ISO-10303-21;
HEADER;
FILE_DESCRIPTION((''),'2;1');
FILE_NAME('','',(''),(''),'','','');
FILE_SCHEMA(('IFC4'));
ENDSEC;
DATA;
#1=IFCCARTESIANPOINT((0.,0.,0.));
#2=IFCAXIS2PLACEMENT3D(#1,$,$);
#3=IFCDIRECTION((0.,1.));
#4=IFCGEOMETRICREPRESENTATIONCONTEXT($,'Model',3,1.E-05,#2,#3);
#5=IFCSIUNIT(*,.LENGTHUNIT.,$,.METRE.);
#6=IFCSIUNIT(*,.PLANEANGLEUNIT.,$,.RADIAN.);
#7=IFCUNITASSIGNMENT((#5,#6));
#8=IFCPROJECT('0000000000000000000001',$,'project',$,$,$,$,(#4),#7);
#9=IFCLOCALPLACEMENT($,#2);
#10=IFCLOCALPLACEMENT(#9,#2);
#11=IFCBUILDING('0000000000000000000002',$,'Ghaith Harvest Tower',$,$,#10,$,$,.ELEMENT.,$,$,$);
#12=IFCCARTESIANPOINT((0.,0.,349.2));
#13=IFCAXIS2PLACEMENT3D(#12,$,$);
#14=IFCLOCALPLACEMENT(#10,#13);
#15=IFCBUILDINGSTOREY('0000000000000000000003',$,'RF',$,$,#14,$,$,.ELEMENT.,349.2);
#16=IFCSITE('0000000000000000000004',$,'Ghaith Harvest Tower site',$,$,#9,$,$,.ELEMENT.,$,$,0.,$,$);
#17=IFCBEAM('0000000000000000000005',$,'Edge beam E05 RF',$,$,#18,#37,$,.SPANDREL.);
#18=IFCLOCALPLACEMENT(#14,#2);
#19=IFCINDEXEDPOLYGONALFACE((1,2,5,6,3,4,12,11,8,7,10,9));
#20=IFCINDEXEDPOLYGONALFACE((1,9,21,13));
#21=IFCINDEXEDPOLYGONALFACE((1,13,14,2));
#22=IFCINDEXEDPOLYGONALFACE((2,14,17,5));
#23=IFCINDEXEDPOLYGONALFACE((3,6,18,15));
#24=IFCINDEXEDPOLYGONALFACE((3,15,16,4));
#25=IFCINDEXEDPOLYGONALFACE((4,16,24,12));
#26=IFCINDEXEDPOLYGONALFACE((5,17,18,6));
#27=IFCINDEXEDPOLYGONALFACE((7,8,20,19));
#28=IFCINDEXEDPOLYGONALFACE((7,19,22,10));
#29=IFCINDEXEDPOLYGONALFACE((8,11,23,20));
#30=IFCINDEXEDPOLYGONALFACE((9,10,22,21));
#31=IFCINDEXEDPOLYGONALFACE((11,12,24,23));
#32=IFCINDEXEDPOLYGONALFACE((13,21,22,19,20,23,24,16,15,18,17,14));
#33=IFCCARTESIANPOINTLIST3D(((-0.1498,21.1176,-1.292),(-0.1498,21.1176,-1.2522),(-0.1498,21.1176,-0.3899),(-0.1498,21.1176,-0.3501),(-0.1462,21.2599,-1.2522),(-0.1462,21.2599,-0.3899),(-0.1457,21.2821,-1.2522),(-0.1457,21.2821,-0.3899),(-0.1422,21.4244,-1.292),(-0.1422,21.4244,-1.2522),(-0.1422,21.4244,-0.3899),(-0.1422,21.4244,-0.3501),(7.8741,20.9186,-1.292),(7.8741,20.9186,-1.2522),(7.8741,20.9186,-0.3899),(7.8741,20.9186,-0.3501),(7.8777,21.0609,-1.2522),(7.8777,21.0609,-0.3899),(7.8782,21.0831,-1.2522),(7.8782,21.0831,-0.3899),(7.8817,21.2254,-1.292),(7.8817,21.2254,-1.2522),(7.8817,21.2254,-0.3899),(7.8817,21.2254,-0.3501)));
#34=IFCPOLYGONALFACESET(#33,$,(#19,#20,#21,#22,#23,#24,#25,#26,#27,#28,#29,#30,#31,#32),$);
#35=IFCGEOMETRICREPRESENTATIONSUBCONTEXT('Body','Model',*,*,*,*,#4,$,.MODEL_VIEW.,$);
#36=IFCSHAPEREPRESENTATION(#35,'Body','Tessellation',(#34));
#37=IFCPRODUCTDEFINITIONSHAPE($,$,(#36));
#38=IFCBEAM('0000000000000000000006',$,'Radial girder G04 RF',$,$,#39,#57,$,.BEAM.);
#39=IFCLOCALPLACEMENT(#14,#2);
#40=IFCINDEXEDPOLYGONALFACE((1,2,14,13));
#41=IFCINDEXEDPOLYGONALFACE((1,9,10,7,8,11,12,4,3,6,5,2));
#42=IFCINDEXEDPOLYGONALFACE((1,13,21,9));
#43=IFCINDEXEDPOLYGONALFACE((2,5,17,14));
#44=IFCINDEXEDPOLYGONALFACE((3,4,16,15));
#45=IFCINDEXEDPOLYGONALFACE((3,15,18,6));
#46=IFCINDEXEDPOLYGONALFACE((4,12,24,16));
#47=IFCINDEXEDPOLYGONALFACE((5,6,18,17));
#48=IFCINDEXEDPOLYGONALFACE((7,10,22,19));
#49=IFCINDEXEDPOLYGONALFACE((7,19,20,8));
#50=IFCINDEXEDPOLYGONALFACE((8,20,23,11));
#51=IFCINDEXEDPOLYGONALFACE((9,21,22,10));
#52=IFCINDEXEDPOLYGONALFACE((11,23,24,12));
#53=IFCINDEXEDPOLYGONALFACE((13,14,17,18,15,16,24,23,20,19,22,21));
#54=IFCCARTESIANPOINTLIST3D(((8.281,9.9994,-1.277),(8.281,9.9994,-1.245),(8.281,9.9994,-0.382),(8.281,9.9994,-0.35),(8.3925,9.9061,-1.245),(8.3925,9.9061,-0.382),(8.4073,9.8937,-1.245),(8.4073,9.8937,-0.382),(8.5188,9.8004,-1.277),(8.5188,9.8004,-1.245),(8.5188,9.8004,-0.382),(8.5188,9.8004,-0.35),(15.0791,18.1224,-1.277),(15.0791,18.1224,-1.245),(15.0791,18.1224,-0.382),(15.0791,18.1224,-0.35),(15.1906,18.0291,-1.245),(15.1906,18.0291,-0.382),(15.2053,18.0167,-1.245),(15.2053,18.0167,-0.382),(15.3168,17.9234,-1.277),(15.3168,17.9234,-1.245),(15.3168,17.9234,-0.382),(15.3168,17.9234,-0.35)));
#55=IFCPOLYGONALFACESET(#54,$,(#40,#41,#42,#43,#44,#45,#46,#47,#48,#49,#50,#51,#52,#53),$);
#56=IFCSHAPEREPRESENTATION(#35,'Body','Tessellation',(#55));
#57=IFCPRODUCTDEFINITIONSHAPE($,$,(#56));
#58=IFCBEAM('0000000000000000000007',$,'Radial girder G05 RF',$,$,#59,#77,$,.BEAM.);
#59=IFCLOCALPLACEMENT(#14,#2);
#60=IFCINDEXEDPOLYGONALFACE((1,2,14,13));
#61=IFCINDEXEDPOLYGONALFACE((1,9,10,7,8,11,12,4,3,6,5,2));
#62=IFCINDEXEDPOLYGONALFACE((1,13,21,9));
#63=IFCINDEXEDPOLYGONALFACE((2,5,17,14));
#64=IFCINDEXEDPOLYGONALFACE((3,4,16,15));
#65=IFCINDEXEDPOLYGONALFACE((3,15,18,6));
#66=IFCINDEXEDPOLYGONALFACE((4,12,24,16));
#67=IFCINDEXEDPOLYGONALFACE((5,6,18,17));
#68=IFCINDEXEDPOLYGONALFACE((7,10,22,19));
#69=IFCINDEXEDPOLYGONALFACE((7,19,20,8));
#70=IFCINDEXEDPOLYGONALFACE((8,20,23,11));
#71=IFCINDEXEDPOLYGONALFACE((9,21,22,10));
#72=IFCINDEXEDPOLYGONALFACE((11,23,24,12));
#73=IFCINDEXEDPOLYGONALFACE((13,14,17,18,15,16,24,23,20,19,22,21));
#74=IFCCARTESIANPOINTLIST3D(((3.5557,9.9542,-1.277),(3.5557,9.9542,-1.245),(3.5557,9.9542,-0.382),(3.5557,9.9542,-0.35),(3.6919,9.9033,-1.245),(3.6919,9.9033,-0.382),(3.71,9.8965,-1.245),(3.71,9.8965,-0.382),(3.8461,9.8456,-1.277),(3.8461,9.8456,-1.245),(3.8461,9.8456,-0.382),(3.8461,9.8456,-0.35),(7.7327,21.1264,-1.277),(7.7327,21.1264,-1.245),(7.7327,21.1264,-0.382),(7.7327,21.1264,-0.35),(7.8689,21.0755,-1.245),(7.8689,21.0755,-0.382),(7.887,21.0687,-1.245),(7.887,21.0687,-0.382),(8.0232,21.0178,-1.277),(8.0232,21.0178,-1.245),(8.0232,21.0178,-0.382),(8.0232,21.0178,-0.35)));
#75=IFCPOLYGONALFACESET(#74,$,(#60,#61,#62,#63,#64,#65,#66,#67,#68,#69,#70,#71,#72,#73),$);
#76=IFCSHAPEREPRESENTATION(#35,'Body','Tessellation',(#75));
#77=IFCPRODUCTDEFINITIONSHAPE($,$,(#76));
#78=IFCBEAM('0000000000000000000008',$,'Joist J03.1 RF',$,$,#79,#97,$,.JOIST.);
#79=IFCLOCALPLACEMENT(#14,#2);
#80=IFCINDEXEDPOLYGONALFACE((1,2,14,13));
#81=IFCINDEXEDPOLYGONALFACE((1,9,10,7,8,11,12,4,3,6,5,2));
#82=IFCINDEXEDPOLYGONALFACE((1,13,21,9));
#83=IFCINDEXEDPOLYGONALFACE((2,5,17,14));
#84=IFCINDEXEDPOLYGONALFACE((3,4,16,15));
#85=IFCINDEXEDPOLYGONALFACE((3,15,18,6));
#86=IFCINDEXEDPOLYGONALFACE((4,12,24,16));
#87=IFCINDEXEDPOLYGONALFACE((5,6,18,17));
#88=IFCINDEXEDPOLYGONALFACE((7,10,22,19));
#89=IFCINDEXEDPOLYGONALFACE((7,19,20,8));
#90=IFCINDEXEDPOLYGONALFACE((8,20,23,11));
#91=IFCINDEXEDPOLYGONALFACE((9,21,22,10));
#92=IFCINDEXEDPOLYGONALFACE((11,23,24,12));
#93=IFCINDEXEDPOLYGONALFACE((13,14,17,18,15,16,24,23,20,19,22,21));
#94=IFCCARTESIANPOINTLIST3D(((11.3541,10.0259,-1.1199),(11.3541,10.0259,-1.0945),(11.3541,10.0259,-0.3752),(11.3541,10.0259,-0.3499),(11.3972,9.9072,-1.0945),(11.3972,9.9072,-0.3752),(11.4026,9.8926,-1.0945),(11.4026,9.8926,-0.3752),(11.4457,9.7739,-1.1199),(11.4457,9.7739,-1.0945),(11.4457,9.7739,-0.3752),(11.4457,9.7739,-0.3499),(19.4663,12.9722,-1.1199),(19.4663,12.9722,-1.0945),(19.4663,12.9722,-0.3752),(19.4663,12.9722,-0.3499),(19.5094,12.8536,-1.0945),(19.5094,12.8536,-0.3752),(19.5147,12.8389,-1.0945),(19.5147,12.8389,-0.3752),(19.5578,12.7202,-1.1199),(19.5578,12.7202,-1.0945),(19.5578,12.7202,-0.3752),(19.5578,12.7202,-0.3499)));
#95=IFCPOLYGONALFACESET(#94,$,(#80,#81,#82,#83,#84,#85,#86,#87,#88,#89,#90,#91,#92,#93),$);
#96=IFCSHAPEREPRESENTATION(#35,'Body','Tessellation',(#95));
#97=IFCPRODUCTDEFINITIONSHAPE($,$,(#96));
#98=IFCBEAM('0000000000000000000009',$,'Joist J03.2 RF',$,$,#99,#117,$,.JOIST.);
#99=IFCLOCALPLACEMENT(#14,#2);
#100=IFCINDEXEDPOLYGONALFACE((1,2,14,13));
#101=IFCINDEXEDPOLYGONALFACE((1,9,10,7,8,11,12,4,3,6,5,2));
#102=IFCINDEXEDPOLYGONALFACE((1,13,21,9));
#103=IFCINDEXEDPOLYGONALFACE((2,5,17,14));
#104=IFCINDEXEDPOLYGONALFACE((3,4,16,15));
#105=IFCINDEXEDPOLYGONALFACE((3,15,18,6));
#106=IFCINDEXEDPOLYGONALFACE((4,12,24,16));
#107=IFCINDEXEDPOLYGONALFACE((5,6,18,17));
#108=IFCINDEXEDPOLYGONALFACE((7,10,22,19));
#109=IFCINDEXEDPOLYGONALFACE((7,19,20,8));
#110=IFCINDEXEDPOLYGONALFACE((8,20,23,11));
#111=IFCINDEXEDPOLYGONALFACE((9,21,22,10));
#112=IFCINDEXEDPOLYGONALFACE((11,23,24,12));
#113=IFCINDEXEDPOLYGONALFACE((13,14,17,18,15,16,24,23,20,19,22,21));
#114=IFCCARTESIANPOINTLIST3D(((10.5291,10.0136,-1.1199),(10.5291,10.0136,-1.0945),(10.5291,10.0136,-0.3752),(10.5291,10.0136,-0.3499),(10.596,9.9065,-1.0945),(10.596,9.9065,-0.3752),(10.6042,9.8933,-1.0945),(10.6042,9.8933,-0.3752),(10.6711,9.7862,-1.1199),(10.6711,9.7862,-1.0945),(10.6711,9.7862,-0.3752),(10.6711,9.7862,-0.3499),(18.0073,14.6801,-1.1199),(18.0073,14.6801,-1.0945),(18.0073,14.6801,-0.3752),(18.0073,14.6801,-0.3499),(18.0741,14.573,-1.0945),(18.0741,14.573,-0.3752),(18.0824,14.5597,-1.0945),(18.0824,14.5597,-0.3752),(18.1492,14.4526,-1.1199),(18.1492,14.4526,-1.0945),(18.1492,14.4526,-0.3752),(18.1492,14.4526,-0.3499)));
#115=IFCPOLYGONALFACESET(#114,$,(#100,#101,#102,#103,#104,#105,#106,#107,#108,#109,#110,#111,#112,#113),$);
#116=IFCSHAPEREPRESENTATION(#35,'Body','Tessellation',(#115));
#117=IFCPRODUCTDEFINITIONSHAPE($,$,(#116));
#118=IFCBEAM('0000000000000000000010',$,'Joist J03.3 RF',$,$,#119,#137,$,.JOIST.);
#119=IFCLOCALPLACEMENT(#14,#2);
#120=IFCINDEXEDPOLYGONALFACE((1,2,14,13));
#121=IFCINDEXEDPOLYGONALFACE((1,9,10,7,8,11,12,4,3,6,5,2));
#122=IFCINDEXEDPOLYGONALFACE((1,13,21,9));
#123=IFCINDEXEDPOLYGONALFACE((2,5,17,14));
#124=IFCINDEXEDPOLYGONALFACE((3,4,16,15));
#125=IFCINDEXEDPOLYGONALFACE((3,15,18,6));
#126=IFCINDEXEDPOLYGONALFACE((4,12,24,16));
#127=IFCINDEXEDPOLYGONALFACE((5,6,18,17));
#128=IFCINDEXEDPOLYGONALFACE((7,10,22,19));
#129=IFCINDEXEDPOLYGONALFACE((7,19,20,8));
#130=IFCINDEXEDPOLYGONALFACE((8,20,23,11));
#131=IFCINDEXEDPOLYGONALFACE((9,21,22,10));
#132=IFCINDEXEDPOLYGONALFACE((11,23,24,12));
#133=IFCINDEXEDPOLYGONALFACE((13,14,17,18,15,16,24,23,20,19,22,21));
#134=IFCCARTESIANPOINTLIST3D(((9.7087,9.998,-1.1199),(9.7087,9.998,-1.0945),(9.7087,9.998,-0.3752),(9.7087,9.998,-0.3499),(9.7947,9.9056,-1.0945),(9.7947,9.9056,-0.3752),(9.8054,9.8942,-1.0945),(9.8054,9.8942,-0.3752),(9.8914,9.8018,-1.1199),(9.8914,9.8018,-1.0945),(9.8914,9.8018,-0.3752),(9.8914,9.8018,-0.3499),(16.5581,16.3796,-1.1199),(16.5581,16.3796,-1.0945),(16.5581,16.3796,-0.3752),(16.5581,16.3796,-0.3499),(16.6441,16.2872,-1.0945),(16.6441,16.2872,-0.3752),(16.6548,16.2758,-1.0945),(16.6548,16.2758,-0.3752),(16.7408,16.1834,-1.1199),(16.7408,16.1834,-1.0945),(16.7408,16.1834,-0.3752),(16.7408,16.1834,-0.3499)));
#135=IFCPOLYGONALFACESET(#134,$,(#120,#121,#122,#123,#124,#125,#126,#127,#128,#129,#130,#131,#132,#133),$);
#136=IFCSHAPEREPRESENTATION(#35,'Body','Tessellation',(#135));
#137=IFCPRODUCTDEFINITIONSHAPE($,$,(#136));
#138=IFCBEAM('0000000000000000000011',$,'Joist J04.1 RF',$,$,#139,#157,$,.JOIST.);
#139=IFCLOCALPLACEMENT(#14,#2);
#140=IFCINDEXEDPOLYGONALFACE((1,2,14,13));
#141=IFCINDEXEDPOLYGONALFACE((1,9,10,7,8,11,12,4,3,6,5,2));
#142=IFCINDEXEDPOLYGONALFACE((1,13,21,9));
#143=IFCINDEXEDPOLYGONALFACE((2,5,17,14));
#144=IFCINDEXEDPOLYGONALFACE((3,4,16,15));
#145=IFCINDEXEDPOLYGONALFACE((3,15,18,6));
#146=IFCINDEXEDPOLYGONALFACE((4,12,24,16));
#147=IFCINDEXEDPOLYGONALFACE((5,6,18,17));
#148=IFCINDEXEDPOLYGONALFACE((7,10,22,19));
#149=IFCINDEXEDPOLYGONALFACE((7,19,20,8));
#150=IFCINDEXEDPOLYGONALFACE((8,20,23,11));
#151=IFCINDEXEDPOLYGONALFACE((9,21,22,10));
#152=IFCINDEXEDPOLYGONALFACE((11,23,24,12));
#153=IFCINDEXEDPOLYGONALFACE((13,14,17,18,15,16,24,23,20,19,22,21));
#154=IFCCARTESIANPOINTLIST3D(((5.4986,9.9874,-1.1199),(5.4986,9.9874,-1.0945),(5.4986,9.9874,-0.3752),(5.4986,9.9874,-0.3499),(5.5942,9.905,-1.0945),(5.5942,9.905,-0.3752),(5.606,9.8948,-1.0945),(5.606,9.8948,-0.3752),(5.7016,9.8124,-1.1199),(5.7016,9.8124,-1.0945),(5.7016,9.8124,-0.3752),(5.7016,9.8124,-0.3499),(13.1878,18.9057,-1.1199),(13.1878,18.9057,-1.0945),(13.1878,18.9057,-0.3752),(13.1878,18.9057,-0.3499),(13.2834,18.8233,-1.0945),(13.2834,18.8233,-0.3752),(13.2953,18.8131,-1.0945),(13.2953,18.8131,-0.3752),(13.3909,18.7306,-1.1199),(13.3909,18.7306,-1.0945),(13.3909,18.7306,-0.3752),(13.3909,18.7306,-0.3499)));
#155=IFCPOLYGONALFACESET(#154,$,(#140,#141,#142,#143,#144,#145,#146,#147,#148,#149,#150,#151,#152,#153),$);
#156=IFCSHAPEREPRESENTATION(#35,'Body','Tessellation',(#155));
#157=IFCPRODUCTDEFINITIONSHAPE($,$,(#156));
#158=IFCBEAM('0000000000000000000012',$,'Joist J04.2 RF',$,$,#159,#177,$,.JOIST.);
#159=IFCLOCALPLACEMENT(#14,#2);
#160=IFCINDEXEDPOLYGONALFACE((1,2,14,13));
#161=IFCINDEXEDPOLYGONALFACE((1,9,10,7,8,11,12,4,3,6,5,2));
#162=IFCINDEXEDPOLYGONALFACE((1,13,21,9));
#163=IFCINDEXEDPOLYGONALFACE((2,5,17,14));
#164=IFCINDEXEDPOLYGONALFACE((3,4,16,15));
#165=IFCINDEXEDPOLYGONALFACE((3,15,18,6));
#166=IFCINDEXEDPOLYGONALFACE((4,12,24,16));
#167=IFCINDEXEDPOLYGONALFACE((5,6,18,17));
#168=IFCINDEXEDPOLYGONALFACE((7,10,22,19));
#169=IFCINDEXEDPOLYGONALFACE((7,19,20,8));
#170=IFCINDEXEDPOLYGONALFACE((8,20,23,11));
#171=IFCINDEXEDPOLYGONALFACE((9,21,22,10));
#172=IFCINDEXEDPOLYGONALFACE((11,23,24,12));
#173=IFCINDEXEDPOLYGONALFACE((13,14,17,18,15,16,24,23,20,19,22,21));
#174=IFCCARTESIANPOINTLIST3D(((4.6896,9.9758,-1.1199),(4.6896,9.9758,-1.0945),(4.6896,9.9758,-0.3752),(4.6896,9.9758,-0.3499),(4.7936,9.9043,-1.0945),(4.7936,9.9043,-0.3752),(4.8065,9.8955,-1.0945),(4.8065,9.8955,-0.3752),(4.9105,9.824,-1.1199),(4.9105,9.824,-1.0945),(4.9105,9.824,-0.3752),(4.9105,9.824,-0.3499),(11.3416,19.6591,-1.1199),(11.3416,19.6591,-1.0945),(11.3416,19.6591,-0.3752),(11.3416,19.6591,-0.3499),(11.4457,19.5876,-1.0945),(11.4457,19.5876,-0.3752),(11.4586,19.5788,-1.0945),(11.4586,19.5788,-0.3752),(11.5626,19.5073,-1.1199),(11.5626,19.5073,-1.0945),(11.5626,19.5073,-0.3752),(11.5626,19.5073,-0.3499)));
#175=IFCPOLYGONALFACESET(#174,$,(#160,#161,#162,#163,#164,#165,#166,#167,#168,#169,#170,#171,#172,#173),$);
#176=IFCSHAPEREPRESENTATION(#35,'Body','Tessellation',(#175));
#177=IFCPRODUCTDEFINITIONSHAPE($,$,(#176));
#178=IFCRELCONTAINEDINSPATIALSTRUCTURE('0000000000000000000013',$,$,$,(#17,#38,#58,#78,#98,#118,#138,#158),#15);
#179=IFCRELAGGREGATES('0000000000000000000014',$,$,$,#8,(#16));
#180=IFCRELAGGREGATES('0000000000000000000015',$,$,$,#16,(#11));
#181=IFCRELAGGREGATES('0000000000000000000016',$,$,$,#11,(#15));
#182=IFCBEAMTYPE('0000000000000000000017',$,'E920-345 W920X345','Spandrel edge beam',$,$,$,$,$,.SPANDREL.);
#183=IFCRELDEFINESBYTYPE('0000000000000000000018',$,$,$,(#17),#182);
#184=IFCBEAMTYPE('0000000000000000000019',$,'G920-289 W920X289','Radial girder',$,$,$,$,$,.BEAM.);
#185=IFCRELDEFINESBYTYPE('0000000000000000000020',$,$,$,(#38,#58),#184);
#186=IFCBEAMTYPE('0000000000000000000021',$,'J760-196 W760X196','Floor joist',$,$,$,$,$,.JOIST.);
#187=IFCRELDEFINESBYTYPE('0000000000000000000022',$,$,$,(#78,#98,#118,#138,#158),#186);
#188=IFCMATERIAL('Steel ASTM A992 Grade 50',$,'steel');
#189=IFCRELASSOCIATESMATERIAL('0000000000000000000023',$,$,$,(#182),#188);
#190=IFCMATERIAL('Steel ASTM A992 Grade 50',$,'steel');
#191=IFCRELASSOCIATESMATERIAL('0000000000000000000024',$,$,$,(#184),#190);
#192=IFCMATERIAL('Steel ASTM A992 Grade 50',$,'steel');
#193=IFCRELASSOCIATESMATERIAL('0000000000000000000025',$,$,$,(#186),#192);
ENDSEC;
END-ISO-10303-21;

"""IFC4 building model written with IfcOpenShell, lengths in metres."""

from ifc_helpers import new_model, si_unit, direction, frame, origin, origin_2d, place, context, subcontext, project, spatial, i_section, extrude, material, material_profile, profile_set, type_object, element, save


model = new_model("IFC4")

# Units and contexts
model_context = context("Model", 3, precision=1e-05, world=origin(), true_north=direction((0.0, 1.0)))
body_context = subcontext(model_context, "Body", "Model", "MODEL_VIEW")
ifc_project = project(units=[si_unit("LENGTHUNIT", "METRE"), si_unit("PLANEANGLEUNIT", "RADIAN")], contexts=[model_context])

# Site, building, storey
site_placement = place(None, origin())
site = spatial("IfcSite", under=ifc_project, at=site_placement, Name="Ghaith Harvest Tower site", CompositionType="ELEMENT", RefElevation=0.0)
building_placement = place(site_placement, origin())
building = spatial("IfcBuilding", under=site, at=building_placement, Name="Ghaith Harvest Tower", CompositionType="ELEMENT")
storey_placement = place(building_placement, frame((0.0, 0.0, 349.2)))
storey = spatial("IfcBuildingStorey", under=building, at=storey_placement, Name="RF", CompositionType="ELEMENT", Elevation=349.2)

# Beams
ifc_material_1 = material(Name="Steel ASTM A992 Grade 50", Category="steel")
ifc_material_profile_1 = material_profile(ifc_material_1, i_section(OverallWidth=0.3069, OverallDepth=0.9419, WebThickness=0.0222, FlangeThickness=0.0398, at=origin_2d()), Name="W920X345")
ifc_profile_set_1 = profile_set([ifc_material_profile_1], Name="Steel ASTM A992 Grade 50")
beam_type_1 = type_object("IfcBeamType", Name="E920-345 W920X345", Description="Spandrel edge beam", PredefinedType="SPANDREL", material=ifc_profile_set_1)
beam_1_placement = place(storey_placement, frame((7.8779, 21.072, -0.821), z_axis=(-0.999693, 0.02479, 0.0), x_axis=(-0.02479, -0.999693, 0.0)))
element("IfcBeam", 1, at=beam_1_placement, inside=storey, type_object=beam_type_1, Name="Edge beam E05 RF", PredefinedType="SPANDREL", context=body_context, shape_type="SweptSolid", body=[
    extrude(i_section(OverallWidth=0.3069, OverallDepth=0.9419, WebThickness=0.0222, FlangeThickness=0.0398, at=origin_2d()), origin(), (0.0, 0.0, 1.0), 8.0264),
])
ifc_material_2 = material(Name="Steel ASTM A992 Grade 50", Category="steel")
ifc_material_profile_2 = material_profile(ifc_material_2, i_section(OverallWidth=0.3101, OverallDepth=0.927, WebThickness=0.0193, FlangeThickness=0.032, at=origin_2d()), Name="W920X289")
ifc_profile_set_2 = profile_set([ifc_material_profile_2], Name="Steel ASTM A992 Grade 50")
beam_type_2 = type_object("IfcBeamType", Name="G920-289 W920X289", Description="Radial girder", PredefinedType="BEAM", material=ifc_profile_set_2)
beam_2_placement = place(storey_placement, frame((8.3999, 9.8999, -0.8135), z_axis=(0.641793, 0.766878, 0.0), x_axis=(-0.766878, 0.641793, 0.0)))
element("IfcBeam", 2, at=beam_2_placement, inside=storey, type_object=beam_type_2, Name="Radial girder G04 RF", PredefinedType="BEAM", context=body_context, shape_type="SweptSolid", body=[
    extrude(i_section(OverallWidth=0.3101, OverallDepth=0.927, WebThickness=0.0193, FlangeThickness=0.032, at=origin_2d()), origin(), (0.0, 0.0, 1.0), 10.5923),
])
beam_3_placement = place(storey_placement, frame((3.7009, 9.8999, -0.8135), z_axis=(0.350201, 0.936674, 0.0), x_axis=(-0.936674, 0.350201, 0.0)))
element("IfcBeam", 3, at=beam_3_placement, inside=storey, type_object=beam_type_2, Name="Radial girder G05 RF", PredefinedType="BEAM", context=body_context, shape_type="SweptSolid", body=[
    extrude(i_section(OverallWidth=0.3101, OverallDepth=0.927, WebThickness=0.0193, FlangeThickness=0.032, at=origin_2d()), origin(), (0.0, 0.0, 1.0), 11.9275),
])
ifc_material_3 = material(Name="Steel ASTM A992 Grade 50", Category="steel")
ifc_material_profile_3 = material_profile(ifc_material_3, i_section(OverallWidth=0.2681, OverallDepth=0.77, WebThickness=0.0156, FlangeThickness=0.0254, at=origin_2d()), Name="W760X196")
ifc_profile_set_3 = profile_set([ifc_material_profile_3], Name="Steel ASTM A992 Grade 50")
beam_type_3 = type_object("IfcBeamType", Name="J760-196 W760X196", Description="Floor joist", PredefinedType="JOIST", material=ifc_profile_set_3)
beam_4_placement = place(storey_placement, frame((11.3999, 9.8999, -0.7349), z_axis=(0.939926, 0.34138, 0.0), x_axis=(-0.34138, 0.939926, 0.0)))
element("IfcBeam", 4, at=beam_4_placement, inside=storey, type_object=beam_type_3, Name="Joist J03.1 RF", PredefinedType="JOIST", context=body_context, shape_type="SweptSolid", body=[
    extrude(i_section(OverallWidth=0.2681, OverallDepth=0.77, WebThickness=0.0156, FlangeThickness=0.0254, at=origin_2d()), origin(), (0.0, 0.0, 1.0), 8.6306),
])
beam_5_placement = place(storey_placement, frame((10.6001, 9.8999, -0.7349), z_axis=(0.848376, 0.529394, 0.0), x_axis=(-0.529394, 0.848376, 0.0)))
element("IfcBeam", 5, at=beam_5_placement, inside=storey, type_object=beam_type_3, Name="Joist J03.2 RF", PredefinedType="JOIST", context=body_context, shape_type="SweptSolid", body=[
    extrude(i_section(OverallWidth=0.2681, OverallDepth=0.77, WebThickness=0.0156, FlangeThickness=0.0254, at=origin_2d()), origin(), (0.0, 0.0, 1.0), 8.8147),
])
beam_6_placement = place(storey_placement, frame((9.8, 9.8999, -0.7349), z_axis=(0.731649, 0.681682, 0.0), x_axis=(-0.681682, 0.731649, 0.0)))
element("IfcBeam", 6, at=beam_6_placement, inside=storey, type_object=beam_type_3, Name="Joist J03.3 RF", PredefinedType="JOIST", context=body_context, shape_type="SweptSolid", body=[
    extrude(i_section(OverallWidth=0.2681, OverallDepth=0.77, WebThickness=0.0156, FlangeThickness=0.0254, at=origin_2d()), origin(), (0.0, 0.0, 1.0), 9.3616),
])
beam_7_placement = place(storey_placement, frame((5.6001, 9.8999, -0.7349), z_axis=(0.652993, 0.757364, 0.0), x_axis=(-0.757364, 0.652993, 0.0)))
element("IfcBeam", 7, at=beam_7_placement, inside=storey, type_object=beam_type_3, Name="Joist J04.1 RF", PredefinedType="JOIST", context=body_context, shape_type="SweptSolid", body=[
    extrude(i_section(OverallWidth=0.2681, OverallDepth=0.77, WebThickness=0.0156, FlangeThickness=0.0254, at=origin_2d()), origin(), (0.0, 0.0, 1.0), 11.7754),
])
beam_8_placement = place(storey_placement, frame((4.8, 9.8999, -0.7349), z_axis=(0.566228, 0.824249, 0.0), x_axis=(-0.824249, 0.566228, 0.0)))
element("IfcBeam", 8, at=beam_8_placement, inside=storey, type_object=beam_type_3, Name="Joist J04.2 RF", PredefinedType="JOIST", context=body_context, shape_type="SweptSolid", body=[
    extrude(i_section(OverallWidth=0.2681, OverallDepth=0.77, WebThickness=0.0156, FlangeThickness=0.0254, at=origin_2d()), origin(), (0.0, 0.0, 1.0), 11.748),
])

save(model, "model.ifc")
